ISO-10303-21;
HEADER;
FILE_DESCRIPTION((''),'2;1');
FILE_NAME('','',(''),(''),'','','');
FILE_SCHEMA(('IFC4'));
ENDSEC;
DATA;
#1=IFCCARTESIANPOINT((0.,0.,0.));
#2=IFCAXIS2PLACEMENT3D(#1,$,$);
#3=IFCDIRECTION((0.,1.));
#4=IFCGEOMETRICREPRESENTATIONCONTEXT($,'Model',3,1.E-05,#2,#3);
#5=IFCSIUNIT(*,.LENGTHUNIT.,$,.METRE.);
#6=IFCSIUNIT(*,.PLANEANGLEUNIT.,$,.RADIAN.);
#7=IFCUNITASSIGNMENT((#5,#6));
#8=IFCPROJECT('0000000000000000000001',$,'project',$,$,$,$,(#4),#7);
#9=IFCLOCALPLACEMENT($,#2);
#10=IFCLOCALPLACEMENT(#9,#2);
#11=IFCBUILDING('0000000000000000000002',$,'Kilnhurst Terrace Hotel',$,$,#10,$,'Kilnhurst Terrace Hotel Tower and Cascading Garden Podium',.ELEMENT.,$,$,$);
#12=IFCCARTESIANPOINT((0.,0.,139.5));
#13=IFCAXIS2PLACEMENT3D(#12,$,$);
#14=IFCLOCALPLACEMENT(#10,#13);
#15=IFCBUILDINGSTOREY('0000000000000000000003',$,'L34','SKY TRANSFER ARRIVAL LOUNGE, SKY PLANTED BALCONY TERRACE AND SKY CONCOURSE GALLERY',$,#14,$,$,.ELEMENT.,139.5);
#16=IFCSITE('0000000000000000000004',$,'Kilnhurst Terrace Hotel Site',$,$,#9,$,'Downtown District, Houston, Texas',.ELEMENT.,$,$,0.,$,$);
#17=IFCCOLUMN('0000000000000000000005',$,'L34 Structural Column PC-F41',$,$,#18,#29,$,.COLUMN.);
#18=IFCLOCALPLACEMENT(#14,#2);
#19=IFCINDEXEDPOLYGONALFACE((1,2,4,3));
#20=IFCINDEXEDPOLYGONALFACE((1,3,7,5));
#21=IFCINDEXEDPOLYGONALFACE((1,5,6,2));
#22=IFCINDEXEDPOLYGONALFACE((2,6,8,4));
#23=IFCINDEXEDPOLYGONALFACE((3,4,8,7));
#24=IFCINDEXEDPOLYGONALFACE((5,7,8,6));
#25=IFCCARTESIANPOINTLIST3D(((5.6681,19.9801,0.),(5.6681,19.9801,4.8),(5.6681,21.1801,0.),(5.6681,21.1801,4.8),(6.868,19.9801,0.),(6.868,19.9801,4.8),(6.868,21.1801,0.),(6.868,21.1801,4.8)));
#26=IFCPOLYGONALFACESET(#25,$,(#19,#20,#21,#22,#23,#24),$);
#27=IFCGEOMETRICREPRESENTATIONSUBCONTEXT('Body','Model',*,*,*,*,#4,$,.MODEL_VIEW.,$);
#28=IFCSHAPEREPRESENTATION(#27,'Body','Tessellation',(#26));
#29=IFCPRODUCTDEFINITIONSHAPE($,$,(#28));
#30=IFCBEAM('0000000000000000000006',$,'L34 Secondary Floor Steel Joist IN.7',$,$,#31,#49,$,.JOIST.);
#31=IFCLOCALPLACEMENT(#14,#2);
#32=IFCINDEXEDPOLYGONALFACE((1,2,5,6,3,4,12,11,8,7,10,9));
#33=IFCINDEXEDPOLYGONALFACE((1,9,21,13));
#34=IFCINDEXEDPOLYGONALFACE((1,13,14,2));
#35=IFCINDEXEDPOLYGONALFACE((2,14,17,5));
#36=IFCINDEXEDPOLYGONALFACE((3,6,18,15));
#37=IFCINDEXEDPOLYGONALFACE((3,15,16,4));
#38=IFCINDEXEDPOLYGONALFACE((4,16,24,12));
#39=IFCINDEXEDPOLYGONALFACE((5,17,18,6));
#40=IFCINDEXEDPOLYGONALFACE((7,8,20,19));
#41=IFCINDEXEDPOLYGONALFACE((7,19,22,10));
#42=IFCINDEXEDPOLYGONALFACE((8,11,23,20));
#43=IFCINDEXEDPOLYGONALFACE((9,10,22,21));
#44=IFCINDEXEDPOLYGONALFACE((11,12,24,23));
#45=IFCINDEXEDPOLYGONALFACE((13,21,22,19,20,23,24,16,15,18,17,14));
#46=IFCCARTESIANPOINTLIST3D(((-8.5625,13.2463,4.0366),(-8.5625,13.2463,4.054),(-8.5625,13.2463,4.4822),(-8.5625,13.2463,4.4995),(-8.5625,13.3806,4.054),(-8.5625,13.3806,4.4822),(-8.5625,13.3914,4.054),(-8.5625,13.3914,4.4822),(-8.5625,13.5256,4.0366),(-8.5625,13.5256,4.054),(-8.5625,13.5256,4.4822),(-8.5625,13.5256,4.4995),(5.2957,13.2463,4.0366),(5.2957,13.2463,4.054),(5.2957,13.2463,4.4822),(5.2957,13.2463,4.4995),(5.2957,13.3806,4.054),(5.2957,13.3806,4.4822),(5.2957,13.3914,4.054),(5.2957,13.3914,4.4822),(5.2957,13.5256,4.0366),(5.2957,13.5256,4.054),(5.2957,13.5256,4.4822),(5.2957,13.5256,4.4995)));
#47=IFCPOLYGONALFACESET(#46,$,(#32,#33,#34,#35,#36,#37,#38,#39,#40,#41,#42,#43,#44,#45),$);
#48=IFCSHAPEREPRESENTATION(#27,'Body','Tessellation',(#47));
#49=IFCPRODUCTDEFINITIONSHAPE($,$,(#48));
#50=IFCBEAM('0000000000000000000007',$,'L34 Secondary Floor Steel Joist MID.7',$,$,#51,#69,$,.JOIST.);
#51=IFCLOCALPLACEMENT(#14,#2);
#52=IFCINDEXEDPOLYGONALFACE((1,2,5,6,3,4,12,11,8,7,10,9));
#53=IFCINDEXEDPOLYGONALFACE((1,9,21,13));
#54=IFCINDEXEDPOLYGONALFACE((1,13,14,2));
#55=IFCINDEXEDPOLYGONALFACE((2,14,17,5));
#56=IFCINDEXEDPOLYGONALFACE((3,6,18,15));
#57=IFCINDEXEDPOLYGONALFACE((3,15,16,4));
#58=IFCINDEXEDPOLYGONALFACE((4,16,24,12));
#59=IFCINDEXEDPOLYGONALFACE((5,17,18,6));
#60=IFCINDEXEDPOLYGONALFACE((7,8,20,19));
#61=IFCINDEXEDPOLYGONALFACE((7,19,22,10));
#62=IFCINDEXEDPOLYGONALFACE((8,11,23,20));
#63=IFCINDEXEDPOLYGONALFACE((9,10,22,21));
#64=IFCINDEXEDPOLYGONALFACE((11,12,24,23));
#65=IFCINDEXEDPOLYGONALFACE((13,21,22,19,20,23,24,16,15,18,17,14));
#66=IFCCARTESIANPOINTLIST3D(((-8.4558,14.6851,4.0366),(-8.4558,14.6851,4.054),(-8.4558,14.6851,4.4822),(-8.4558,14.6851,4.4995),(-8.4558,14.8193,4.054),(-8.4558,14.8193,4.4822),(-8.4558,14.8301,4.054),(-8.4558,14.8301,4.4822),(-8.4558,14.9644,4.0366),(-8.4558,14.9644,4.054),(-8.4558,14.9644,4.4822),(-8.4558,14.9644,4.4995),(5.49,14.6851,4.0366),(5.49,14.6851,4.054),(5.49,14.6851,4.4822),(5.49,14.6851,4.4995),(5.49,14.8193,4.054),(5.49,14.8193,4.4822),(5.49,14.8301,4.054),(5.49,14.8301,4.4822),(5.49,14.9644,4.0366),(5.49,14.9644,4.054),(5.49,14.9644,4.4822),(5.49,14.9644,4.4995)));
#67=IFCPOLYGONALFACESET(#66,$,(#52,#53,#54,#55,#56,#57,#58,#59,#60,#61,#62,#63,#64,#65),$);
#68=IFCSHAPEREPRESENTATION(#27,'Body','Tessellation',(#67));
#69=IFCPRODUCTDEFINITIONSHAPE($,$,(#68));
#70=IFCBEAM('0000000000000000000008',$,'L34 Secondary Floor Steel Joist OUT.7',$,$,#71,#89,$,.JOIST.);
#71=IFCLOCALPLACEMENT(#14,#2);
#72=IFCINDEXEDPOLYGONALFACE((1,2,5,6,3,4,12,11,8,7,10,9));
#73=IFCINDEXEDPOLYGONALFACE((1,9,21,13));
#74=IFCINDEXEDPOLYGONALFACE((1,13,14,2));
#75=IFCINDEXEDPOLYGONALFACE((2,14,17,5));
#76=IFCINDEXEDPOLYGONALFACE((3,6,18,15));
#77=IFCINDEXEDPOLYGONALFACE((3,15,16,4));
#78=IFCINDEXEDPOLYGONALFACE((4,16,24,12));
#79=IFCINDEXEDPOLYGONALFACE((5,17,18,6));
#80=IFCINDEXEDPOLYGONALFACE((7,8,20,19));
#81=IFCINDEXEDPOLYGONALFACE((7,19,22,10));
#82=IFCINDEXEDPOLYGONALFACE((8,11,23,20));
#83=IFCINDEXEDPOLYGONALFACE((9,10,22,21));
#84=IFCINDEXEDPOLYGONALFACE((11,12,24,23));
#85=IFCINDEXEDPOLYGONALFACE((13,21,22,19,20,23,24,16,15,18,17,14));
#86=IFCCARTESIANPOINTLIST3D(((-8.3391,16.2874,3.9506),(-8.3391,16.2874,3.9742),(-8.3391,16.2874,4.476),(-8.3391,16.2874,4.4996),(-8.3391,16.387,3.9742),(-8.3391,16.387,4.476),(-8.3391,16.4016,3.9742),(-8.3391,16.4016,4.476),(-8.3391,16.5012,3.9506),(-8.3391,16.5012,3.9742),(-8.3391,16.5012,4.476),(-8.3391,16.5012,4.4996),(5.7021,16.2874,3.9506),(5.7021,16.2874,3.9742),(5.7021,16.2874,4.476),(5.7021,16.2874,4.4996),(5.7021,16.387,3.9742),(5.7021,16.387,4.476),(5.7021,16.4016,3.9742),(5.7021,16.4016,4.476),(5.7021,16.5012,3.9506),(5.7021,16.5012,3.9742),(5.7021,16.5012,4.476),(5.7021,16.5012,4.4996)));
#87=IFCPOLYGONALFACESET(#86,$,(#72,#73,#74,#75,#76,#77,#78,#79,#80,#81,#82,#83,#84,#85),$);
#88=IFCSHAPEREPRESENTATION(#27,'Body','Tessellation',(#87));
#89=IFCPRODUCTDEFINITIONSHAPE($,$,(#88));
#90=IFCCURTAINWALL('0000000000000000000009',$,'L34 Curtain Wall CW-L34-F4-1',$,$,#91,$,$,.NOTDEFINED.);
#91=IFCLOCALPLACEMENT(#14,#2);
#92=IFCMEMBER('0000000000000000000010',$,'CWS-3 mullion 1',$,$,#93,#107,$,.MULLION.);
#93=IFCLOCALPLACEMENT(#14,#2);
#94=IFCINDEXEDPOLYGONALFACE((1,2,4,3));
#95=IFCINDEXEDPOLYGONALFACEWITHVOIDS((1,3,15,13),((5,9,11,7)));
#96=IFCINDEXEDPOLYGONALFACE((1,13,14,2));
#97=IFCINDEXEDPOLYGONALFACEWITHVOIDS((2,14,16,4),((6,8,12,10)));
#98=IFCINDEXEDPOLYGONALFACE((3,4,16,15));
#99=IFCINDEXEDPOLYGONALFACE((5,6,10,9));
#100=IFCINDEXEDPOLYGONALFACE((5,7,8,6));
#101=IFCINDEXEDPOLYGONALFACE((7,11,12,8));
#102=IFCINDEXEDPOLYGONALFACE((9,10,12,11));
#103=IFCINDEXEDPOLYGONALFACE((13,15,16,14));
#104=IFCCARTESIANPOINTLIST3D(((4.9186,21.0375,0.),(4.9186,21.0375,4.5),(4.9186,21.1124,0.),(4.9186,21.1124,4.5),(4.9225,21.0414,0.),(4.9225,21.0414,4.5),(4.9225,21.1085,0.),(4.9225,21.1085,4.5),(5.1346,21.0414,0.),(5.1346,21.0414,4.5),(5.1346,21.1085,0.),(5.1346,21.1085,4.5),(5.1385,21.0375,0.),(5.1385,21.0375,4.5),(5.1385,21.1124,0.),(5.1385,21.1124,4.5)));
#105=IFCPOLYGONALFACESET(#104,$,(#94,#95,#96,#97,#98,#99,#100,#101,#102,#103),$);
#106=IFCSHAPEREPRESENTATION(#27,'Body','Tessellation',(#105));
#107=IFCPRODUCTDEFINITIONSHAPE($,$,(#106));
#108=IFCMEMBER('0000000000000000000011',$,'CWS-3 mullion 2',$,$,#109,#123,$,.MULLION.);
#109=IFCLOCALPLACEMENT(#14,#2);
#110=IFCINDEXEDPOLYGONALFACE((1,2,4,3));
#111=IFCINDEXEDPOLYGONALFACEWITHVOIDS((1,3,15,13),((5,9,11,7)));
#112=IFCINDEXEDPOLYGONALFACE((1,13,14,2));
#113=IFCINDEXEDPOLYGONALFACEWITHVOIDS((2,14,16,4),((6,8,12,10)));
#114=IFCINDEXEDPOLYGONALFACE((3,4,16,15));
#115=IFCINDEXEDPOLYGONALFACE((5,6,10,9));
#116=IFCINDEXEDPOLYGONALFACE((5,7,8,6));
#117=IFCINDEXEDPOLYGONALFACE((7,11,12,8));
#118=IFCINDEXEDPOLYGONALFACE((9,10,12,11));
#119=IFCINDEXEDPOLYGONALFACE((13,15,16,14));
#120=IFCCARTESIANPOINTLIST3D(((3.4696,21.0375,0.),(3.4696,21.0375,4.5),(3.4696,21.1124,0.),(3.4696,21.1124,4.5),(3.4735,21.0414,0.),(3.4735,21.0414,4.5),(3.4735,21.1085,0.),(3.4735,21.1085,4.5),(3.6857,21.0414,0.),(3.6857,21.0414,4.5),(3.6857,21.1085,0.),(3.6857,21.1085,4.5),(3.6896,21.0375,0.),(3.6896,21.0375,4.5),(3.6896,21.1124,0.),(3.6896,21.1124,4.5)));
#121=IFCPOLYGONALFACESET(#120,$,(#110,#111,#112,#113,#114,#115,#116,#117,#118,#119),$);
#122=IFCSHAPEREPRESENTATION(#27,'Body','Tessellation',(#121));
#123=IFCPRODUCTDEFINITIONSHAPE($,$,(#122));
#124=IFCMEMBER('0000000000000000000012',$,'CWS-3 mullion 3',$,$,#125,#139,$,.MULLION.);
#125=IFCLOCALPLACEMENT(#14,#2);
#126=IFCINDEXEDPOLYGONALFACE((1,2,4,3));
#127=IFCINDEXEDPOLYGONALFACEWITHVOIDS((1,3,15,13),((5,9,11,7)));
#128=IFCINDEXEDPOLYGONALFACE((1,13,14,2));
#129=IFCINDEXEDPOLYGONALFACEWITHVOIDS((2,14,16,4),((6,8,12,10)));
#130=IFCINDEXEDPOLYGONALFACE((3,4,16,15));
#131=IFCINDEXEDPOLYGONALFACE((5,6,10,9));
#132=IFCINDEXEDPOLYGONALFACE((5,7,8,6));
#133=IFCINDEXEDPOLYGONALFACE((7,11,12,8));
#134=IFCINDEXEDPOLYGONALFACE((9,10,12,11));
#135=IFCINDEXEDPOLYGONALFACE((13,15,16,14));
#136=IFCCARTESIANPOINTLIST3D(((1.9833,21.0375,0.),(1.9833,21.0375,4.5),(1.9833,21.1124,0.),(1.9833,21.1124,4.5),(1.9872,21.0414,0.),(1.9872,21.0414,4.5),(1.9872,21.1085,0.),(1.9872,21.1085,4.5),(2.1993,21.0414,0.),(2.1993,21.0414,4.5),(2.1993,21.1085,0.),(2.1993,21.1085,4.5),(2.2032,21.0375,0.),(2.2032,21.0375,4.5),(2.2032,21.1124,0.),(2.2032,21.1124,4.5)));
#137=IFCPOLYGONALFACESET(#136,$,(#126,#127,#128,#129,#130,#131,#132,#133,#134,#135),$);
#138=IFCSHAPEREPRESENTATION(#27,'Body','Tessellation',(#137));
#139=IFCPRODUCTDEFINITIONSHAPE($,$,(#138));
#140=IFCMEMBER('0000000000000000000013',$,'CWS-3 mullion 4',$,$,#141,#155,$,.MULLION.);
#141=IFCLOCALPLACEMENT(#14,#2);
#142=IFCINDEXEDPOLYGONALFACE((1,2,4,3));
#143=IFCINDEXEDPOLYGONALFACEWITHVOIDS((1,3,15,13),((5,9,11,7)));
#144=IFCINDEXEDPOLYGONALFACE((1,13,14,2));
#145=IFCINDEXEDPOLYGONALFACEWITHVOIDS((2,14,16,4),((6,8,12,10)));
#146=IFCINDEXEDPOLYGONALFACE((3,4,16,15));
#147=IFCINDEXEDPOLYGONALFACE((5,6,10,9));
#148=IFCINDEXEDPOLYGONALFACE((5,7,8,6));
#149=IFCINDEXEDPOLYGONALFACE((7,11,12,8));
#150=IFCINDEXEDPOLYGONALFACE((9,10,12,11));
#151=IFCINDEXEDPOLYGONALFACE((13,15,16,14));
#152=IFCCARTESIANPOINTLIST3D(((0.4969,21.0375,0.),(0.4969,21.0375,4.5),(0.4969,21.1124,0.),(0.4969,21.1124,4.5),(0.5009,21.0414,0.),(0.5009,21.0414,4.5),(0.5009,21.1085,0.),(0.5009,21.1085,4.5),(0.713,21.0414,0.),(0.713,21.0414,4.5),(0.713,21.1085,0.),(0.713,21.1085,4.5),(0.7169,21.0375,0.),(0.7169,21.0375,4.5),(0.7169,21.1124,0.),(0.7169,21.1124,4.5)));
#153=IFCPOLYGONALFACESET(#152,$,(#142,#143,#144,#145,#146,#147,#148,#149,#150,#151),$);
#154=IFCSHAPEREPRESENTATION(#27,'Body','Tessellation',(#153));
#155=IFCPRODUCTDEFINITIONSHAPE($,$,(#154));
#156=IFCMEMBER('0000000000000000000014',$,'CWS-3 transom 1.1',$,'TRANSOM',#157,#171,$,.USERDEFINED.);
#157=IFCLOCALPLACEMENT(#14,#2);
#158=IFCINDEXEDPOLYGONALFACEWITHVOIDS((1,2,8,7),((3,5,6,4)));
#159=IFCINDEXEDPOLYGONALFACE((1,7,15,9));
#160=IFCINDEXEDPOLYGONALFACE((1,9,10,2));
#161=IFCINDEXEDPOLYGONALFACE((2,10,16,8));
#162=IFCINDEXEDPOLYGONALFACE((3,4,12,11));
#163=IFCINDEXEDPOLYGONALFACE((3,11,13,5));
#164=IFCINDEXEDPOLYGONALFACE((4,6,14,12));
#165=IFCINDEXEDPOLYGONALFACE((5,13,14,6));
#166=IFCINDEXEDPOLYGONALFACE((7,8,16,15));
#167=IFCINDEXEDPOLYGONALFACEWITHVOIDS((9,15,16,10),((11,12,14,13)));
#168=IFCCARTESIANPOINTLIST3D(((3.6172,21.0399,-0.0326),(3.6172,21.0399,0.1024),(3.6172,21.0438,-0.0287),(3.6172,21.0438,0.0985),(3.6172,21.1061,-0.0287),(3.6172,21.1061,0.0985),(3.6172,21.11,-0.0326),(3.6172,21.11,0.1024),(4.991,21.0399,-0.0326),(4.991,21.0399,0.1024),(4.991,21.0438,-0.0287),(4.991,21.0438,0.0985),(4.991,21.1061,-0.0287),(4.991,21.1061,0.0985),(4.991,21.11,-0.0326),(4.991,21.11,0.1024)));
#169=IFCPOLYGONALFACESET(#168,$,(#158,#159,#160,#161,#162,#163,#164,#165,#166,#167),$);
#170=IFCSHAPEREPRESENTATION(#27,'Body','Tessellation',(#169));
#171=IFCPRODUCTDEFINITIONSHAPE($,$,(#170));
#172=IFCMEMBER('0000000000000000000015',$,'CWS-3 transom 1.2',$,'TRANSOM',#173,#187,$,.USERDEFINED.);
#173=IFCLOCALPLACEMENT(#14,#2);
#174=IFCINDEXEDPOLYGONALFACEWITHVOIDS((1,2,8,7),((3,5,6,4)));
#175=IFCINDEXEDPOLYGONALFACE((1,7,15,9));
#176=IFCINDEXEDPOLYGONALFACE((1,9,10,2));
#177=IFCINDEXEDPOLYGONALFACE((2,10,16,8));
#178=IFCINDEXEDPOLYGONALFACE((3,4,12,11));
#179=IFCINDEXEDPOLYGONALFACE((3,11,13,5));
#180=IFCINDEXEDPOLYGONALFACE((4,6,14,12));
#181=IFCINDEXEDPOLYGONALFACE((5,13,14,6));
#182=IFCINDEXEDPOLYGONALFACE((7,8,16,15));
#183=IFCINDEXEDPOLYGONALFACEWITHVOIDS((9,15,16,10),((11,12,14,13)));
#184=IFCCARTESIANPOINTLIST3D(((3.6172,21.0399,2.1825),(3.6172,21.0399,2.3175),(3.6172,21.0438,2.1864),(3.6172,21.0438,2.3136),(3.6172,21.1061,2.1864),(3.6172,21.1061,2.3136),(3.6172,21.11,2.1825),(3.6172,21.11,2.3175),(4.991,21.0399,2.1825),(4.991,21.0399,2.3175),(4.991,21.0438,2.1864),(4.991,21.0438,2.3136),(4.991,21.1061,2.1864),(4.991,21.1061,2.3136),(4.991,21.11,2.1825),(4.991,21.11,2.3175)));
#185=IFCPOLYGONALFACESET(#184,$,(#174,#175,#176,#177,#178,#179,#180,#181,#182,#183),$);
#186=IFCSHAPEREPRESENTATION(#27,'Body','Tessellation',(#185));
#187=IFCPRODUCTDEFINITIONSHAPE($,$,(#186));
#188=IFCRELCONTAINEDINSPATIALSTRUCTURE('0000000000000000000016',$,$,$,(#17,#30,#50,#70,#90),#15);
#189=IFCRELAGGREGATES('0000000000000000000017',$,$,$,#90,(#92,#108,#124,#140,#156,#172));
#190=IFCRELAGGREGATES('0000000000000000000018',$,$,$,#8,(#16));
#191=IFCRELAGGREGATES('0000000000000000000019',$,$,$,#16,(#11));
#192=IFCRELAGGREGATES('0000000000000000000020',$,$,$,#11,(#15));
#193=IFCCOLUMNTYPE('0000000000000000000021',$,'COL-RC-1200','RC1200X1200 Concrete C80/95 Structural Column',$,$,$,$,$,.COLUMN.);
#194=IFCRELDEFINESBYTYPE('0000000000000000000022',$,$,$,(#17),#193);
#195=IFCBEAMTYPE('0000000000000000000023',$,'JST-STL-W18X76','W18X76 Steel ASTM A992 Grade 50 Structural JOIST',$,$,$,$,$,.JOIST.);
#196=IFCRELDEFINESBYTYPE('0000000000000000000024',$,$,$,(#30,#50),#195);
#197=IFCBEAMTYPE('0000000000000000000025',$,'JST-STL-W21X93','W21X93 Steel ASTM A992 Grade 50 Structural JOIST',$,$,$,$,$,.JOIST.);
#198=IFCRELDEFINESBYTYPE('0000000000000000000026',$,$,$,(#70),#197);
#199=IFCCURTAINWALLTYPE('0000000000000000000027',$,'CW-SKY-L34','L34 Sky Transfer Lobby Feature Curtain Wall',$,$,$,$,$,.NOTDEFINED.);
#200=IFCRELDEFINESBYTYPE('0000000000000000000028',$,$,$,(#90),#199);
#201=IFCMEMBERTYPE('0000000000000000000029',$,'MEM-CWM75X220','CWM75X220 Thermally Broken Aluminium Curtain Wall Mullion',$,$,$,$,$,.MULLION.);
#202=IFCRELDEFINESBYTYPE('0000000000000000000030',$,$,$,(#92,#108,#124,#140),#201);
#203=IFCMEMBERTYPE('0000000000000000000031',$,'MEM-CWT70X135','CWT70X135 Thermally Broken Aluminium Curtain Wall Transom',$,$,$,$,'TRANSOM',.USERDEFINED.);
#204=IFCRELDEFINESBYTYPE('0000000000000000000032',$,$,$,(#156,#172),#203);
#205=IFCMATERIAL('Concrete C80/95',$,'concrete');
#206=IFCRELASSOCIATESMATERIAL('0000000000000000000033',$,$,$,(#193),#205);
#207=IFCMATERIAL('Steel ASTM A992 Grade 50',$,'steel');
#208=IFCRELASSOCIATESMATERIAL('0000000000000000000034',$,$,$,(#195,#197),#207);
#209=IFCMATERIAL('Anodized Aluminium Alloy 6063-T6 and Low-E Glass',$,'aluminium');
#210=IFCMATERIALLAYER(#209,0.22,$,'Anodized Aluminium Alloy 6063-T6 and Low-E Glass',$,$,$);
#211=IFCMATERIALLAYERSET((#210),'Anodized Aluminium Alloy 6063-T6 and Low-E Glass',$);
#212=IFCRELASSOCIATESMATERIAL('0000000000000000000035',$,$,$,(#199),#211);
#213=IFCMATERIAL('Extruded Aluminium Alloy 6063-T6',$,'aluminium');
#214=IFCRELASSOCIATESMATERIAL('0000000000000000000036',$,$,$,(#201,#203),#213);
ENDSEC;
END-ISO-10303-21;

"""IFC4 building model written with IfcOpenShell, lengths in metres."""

from ifc_helpers import new_model, si_unit, direction, frame, origin, origin_2d, place, context, subcontext, project, spatial, rectangle, hollow_rectangle, i_section, extrude, material, layer, layer_set, material_profile, profile_set, type_object, element, aggregate, save


model = new_model("IFC4")

# Units and contexts
model_context = context("Model", 3, precision=1e-05, world=origin(), true_north=direction((0.0, 1.0)))
body_context = subcontext(model_context, "Body", "Model", "MODEL_VIEW")
ifc_project = project(units=[si_unit("LENGTHUNIT", "METRE"), si_unit("PLANEANGLEUNIT", "RADIAN")], contexts=[model_context])

# Site, building, storey
site_placement = place(None, origin())
site = spatial("IfcSite", under=ifc_project, at=site_placement, Name="Kilnhurst Terrace Hotel Site", LongName="Downtown District, Houston, Texas", CompositionType="ELEMENT", RefElevation=0.0)
building_placement = place(site_placement, origin())
building = spatial("IfcBuilding", under=site, at=building_placement, Name="Kilnhurst Terrace Hotel", LongName="Kilnhurst Terrace Hotel Tower and Cascading Garden Podium", CompositionType="ELEMENT")
storey_placement = place(building_placement, frame((0.0, 0.0, 139.5)))
storey = spatial("IfcBuildingStorey", under=building, at=storey_placement, Name="L34", Description="SKY TRANSFER ARRIVAL LOUNGE, SKY PLANTED BALCONY TERRACE AND SKY CONCOURSE GALLERY", CompositionType="ELEMENT", Elevation=139.5)

# Column
ifc_material_1 = material(Name="Concrete C80/95", Category="concrete")
ifc_material_profile_1 = material_profile(ifc_material_1, rectangle(XDim=1.2, YDim=1.2, at=origin_2d()), Name="RC1200X1200")
ifc_profile_set_1 = profile_set([ifc_material_profile_1], Name="Concrete C80/95")
column_type = type_object("IfcColumnType", Name="COL-RC-1200", Description="RC1200X1200 Concrete C80/95 Structural Column", PredefinedType="COLUMN", material=ifc_profile_set_1)
column_placement = place(storey_placement, frame((6.2681, 20.5801, 0.0), z_axis=(0.0, 0.0, 1.0), x_axis=(1.0, 0.0, 0.0)))
element("IfcColumn", 1, at=column_placement, inside=storey, type_object=column_type, Name="L34 Structural Column PC-F41", PredefinedType="COLUMN", context=body_context, shape_type="SweptSolid", body=[
    extrude(rectangle(XDim=1.2, YDim=1.2, at=origin_2d()), origin(), (0.0, 0.0, 1.0), 4.8),
])

# Beams
ifc_material_2 = material(Name="Steel ASTM A992 Grade 50", Category="steel")
ifc_material_profile_2 = material_profile(ifc_material_2, i_section(OverallWidth=0.2793, OverallDepth=0.4629, WebThickness=0.0107, FlangeThickness=0.0173, at=origin_2d()), Name="W18X76")
ifc_profile_set_2 = profile_set([ifc_material_profile_2], Name="Steel ASTM A992 Grade 50")
beam_type_1 = type_object("IfcBeamType", Name="JST-STL-W18X76", Description="W18X76 Steel ASTM A992 Grade 50 Structural JOIST", PredefinedType="JOIST", material=ifc_profile_set_2)
beam_1_placement = place(storey_placement, frame((5.2957, 13.386, 4.2681), z_axis=(-1.0, 0.0, 0.0), x_axis=(0.0, -1.0, 0.0)))
element("IfcBeam", 2, at=beam_1_placement, inside=storey, type_object=beam_type_1, Name="L34 Secondary Floor Steel Joist IN.7", PredefinedType="JOIST", context=body_context, shape_type="SweptSolid", body=[
    extrude(i_section(OverallWidth=0.2793, OverallDepth=0.4629, WebThickness=0.0107, FlangeThickness=0.0173, at=origin_2d()), origin(), (0.0, 0.0, 1.0), 13.8582),
])
beam_2_placement = place(storey_placement, frame((5.49, 14.8247, 4.2681), z_axis=(-1.0, 0.0, 0.0), x_axis=(0.0, -1.0, 0.0)))
element("IfcBeam", 3, at=beam_2_placement, inside=storey, type_object=beam_type_1, Name="L34 Secondary Floor Steel Joist MID.7", PredefinedType="JOIST", context=body_context, shape_type="SweptSolid", body=[
    extrude(i_section(OverallWidth=0.2793, OverallDepth=0.4629, WebThickness=0.0107, FlangeThickness=0.0173, at=origin_2d()), origin(), (0.0, 0.0, 1.0), 13.9458),
])
ifc_material_profile_3 = material_profile(ifc_material_2, i_section(OverallWidth=0.2139, OverallDepth=0.5491, WebThickness=0.0146, FlangeThickness=0.0237, at=origin_2d()), Name="W21X93")
ifc_profile_set_3 = profile_set([ifc_material_profile_3], Name="Steel ASTM A992 Grade 50")
beam_type_2 = type_object("IfcBeamType", Name="JST-STL-W21X93", Description="W21X93 Steel ASTM A992 Grade 50 Structural JOIST", PredefinedType="JOIST", material=ifc_profile_set_3)
beam_3_placement = place(storey_placement, frame((5.7021, 16.3943, 4.2251), z_axis=(-1.0, 0.0, 0.0), x_axis=(0.0, -1.0, 0.0)))
element("IfcBeam", 4, at=beam_3_placement, inside=storey, type_object=beam_type_2, Name="L34 Secondary Floor Steel Joist OUT.7", PredefinedType="JOIST", context=body_context, shape_type="SweptSolid", body=[
    extrude(i_section(OverallWidth=0.2139, OverallDepth=0.5491, WebThickness=0.0146, FlangeThickness=0.0237, at=origin_2d()), origin(), (0.0, 0.0, 1.0), 14.0413),
])

# Curtain wall, members
ifc_material_3 = material(Name="Anodized Aluminium Alloy 6063-T6 and Low-E Glass", Category="aluminium")
ifc_layer_1 = layer(ifc_material_3, 0.22, Name="Anodized Aluminium Alloy 6063-T6 and Low-E Glass")
ifc_layer_set_1 = layer_set([ifc_layer_1], Name="Anodized Aluminium Alloy 6063-T6 and Low-E Glass")
curtain_wall_type = type_object("IfcCurtainWallType", Name="CW-SKY-L34", Description="L34 Sky Transfer Lobby Feature Curtain Wall", PredefinedType="NOTDEFINED", material=ifc_layer_set_1)
curtain_wall_placement = place(storey_placement, origin())
curtain_wall = element("IfcCurtainWall", 5, at=curtain_wall_placement, inside=storey, type_object=curtain_wall_type, Name="L34 Curtain Wall CW-L34-F4-1", PredefinedType="NOTDEFINED")
ifc_material_4 = material(Name="Extruded Aluminium Alloy 6063-T6", Category="aluminium")
ifc_material_profile_4 = material_profile(ifc_material_4, hollow_rectangle(XDim=0.075, YDim=0.22, WallThickness=0.0039, at=origin_2d()), Name="CWM75X220")
ifc_profile_set_4 = profile_set([ifc_material_profile_4], Name="Extruded Aluminium Alloy 6063-T6")
member_type_1 = type_object("IfcMemberType", Name="MEM-CWM75X220", Description="CWM75X220 Thermally Broken Aluminium Curtain Wall Mullion", PredefinedType="MULLION", material=ifc_profile_set_4)
member_1_placement = place(storey_placement, frame((5.0286, 21.075, 0.0), z_axis=(0.0, 0.0, 1.0), x_axis=(0.0, -1.0, 0.0)))
member_1 = element("IfcMember", 6, at=member_1_placement, type_object=member_type_1, Name="CWS-3 mullion 1", PredefinedType="MULLION", context=body_context, shape_type="SweptSolid", body=[
    extrude(hollow_rectangle(XDim=0.075, YDim=0.22, WallThickness=0.0039, at=origin_2d()), origin(), (0.0, 0.0, 1.0), 4.5),
])
member_2_placement = place(storey_placement, frame((3.5796, 21.075, 0.0), z_axis=(0.0, 0.0, 1.0), x_axis=(0.0, -1.0, 0.0)))
member_2 = element("IfcMember", 7, at=member_2_placement, type_object=member_type_1, Name="CWS-3 mullion 2", PredefinedType="MULLION", context=body_context, shape_type="SweptSolid", body=[
    extrude(hollow_rectangle(XDim=0.075, YDim=0.22, WallThickness=0.0039, at=origin_2d()), origin(), (0.0, 0.0, 1.0), 4.5),
])
member_3_placement = place(storey_placement, frame((2.0933, 21.075, 0.0), z_axis=(0.0, 0.0, 1.0), x_axis=(0.0, -1.0, 0.0)))
member_3 = element("IfcMember", 8, at=member_3_placement, type_object=member_type_1, Name="CWS-3 mullion 3", PredefinedType="MULLION", context=body_context, shape_type="SweptSolid", body=[
    extrude(hollow_rectangle(XDim=0.075, YDim=0.22, WallThickness=0.0039, at=origin_2d()), origin(), (0.0, 0.0, 1.0), 4.5),
])
member_4_placement = place(storey_placement, frame((0.6069, 21.075, 0.0), z_axis=(0.0, 0.0, 1.0), x_axis=(0.0, -1.0, 0.0)))
member_4 = element("IfcMember", 9, at=member_4_placement, type_object=member_type_1, Name="CWS-3 mullion 4", PredefinedType="MULLION", context=body_context, shape_type="SweptSolid", body=[
    extrude(hollow_rectangle(XDim=0.075, YDim=0.22, WallThickness=0.0039, at=origin_2d()), origin(), (0.0, 0.0, 1.0), 4.5),
])
ifc_material_profile_5 = material_profile(ifc_material_4, hollow_rectangle(XDim=0.0701, YDim=0.135, WallThickness=0.0039, at=origin_2d()), Name="CWT70X135")
ifc_profile_set_5 = profile_set([ifc_material_profile_5], Name="Extruded Aluminium Alloy 6063-T6")
member_type_2 = type_object("IfcMemberType", Name="MEM-CWT70X135", Description="CWT70X135 Thermally Broken Aluminium Curtain Wall Transom", ElementType="TRANSOM", PredefinedType="USERDEFINED", material=ifc_profile_set_5)
member_5_placement = place(storey_placement, frame((4.991, 21.075, 0.0349), z_axis=(-1.0, 0.0, 0.0), x_axis=(0.0, -1.0, 0.0)))
member_5 = element("IfcMember", 10, at=member_5_placement, type_object=member_type_2, Name="CWS-3 transom 1.1", ObjectType="TRANSOM", PredefinedType="USERDEFINED", context=body_context, shape_type="SweptSolid", body=[
    extrude(hollow_rectangle(XDim=0.0701, YDim=0.135, WallThickness=0.0039, at=origin_2d()), origin(), (0.0, 0.0, 1.0), 1.3738),
])
member_6_placement = place(storey_placement, frame((4.991, 21.075, 2.25), z_axis=(-1.0, 0.0, 0.0), x_axis=(0.0, -1.0, 0.0)))
member_6 = element("IfcMember", 11, at=member_6_placement, type_object=member_type_2, Name="CWS-3 transom 1.2", ObjectType="TRANSOM", PredefinedType="USERDEFINED", context=body_context, shape_type="SweptSolid", body=[
    extrude(hollow_rectangle(XDim=0.0701, YDim=0.135, WallThickness=0.0039, at=origin_2d()), origin(), (0.0, 0.0, 1.0), 1.3738),
])

aggregate(curtain_wall, [member_1, member_2, member_3, member_4, member_5, member_6])

save(model, "model.ifc")
